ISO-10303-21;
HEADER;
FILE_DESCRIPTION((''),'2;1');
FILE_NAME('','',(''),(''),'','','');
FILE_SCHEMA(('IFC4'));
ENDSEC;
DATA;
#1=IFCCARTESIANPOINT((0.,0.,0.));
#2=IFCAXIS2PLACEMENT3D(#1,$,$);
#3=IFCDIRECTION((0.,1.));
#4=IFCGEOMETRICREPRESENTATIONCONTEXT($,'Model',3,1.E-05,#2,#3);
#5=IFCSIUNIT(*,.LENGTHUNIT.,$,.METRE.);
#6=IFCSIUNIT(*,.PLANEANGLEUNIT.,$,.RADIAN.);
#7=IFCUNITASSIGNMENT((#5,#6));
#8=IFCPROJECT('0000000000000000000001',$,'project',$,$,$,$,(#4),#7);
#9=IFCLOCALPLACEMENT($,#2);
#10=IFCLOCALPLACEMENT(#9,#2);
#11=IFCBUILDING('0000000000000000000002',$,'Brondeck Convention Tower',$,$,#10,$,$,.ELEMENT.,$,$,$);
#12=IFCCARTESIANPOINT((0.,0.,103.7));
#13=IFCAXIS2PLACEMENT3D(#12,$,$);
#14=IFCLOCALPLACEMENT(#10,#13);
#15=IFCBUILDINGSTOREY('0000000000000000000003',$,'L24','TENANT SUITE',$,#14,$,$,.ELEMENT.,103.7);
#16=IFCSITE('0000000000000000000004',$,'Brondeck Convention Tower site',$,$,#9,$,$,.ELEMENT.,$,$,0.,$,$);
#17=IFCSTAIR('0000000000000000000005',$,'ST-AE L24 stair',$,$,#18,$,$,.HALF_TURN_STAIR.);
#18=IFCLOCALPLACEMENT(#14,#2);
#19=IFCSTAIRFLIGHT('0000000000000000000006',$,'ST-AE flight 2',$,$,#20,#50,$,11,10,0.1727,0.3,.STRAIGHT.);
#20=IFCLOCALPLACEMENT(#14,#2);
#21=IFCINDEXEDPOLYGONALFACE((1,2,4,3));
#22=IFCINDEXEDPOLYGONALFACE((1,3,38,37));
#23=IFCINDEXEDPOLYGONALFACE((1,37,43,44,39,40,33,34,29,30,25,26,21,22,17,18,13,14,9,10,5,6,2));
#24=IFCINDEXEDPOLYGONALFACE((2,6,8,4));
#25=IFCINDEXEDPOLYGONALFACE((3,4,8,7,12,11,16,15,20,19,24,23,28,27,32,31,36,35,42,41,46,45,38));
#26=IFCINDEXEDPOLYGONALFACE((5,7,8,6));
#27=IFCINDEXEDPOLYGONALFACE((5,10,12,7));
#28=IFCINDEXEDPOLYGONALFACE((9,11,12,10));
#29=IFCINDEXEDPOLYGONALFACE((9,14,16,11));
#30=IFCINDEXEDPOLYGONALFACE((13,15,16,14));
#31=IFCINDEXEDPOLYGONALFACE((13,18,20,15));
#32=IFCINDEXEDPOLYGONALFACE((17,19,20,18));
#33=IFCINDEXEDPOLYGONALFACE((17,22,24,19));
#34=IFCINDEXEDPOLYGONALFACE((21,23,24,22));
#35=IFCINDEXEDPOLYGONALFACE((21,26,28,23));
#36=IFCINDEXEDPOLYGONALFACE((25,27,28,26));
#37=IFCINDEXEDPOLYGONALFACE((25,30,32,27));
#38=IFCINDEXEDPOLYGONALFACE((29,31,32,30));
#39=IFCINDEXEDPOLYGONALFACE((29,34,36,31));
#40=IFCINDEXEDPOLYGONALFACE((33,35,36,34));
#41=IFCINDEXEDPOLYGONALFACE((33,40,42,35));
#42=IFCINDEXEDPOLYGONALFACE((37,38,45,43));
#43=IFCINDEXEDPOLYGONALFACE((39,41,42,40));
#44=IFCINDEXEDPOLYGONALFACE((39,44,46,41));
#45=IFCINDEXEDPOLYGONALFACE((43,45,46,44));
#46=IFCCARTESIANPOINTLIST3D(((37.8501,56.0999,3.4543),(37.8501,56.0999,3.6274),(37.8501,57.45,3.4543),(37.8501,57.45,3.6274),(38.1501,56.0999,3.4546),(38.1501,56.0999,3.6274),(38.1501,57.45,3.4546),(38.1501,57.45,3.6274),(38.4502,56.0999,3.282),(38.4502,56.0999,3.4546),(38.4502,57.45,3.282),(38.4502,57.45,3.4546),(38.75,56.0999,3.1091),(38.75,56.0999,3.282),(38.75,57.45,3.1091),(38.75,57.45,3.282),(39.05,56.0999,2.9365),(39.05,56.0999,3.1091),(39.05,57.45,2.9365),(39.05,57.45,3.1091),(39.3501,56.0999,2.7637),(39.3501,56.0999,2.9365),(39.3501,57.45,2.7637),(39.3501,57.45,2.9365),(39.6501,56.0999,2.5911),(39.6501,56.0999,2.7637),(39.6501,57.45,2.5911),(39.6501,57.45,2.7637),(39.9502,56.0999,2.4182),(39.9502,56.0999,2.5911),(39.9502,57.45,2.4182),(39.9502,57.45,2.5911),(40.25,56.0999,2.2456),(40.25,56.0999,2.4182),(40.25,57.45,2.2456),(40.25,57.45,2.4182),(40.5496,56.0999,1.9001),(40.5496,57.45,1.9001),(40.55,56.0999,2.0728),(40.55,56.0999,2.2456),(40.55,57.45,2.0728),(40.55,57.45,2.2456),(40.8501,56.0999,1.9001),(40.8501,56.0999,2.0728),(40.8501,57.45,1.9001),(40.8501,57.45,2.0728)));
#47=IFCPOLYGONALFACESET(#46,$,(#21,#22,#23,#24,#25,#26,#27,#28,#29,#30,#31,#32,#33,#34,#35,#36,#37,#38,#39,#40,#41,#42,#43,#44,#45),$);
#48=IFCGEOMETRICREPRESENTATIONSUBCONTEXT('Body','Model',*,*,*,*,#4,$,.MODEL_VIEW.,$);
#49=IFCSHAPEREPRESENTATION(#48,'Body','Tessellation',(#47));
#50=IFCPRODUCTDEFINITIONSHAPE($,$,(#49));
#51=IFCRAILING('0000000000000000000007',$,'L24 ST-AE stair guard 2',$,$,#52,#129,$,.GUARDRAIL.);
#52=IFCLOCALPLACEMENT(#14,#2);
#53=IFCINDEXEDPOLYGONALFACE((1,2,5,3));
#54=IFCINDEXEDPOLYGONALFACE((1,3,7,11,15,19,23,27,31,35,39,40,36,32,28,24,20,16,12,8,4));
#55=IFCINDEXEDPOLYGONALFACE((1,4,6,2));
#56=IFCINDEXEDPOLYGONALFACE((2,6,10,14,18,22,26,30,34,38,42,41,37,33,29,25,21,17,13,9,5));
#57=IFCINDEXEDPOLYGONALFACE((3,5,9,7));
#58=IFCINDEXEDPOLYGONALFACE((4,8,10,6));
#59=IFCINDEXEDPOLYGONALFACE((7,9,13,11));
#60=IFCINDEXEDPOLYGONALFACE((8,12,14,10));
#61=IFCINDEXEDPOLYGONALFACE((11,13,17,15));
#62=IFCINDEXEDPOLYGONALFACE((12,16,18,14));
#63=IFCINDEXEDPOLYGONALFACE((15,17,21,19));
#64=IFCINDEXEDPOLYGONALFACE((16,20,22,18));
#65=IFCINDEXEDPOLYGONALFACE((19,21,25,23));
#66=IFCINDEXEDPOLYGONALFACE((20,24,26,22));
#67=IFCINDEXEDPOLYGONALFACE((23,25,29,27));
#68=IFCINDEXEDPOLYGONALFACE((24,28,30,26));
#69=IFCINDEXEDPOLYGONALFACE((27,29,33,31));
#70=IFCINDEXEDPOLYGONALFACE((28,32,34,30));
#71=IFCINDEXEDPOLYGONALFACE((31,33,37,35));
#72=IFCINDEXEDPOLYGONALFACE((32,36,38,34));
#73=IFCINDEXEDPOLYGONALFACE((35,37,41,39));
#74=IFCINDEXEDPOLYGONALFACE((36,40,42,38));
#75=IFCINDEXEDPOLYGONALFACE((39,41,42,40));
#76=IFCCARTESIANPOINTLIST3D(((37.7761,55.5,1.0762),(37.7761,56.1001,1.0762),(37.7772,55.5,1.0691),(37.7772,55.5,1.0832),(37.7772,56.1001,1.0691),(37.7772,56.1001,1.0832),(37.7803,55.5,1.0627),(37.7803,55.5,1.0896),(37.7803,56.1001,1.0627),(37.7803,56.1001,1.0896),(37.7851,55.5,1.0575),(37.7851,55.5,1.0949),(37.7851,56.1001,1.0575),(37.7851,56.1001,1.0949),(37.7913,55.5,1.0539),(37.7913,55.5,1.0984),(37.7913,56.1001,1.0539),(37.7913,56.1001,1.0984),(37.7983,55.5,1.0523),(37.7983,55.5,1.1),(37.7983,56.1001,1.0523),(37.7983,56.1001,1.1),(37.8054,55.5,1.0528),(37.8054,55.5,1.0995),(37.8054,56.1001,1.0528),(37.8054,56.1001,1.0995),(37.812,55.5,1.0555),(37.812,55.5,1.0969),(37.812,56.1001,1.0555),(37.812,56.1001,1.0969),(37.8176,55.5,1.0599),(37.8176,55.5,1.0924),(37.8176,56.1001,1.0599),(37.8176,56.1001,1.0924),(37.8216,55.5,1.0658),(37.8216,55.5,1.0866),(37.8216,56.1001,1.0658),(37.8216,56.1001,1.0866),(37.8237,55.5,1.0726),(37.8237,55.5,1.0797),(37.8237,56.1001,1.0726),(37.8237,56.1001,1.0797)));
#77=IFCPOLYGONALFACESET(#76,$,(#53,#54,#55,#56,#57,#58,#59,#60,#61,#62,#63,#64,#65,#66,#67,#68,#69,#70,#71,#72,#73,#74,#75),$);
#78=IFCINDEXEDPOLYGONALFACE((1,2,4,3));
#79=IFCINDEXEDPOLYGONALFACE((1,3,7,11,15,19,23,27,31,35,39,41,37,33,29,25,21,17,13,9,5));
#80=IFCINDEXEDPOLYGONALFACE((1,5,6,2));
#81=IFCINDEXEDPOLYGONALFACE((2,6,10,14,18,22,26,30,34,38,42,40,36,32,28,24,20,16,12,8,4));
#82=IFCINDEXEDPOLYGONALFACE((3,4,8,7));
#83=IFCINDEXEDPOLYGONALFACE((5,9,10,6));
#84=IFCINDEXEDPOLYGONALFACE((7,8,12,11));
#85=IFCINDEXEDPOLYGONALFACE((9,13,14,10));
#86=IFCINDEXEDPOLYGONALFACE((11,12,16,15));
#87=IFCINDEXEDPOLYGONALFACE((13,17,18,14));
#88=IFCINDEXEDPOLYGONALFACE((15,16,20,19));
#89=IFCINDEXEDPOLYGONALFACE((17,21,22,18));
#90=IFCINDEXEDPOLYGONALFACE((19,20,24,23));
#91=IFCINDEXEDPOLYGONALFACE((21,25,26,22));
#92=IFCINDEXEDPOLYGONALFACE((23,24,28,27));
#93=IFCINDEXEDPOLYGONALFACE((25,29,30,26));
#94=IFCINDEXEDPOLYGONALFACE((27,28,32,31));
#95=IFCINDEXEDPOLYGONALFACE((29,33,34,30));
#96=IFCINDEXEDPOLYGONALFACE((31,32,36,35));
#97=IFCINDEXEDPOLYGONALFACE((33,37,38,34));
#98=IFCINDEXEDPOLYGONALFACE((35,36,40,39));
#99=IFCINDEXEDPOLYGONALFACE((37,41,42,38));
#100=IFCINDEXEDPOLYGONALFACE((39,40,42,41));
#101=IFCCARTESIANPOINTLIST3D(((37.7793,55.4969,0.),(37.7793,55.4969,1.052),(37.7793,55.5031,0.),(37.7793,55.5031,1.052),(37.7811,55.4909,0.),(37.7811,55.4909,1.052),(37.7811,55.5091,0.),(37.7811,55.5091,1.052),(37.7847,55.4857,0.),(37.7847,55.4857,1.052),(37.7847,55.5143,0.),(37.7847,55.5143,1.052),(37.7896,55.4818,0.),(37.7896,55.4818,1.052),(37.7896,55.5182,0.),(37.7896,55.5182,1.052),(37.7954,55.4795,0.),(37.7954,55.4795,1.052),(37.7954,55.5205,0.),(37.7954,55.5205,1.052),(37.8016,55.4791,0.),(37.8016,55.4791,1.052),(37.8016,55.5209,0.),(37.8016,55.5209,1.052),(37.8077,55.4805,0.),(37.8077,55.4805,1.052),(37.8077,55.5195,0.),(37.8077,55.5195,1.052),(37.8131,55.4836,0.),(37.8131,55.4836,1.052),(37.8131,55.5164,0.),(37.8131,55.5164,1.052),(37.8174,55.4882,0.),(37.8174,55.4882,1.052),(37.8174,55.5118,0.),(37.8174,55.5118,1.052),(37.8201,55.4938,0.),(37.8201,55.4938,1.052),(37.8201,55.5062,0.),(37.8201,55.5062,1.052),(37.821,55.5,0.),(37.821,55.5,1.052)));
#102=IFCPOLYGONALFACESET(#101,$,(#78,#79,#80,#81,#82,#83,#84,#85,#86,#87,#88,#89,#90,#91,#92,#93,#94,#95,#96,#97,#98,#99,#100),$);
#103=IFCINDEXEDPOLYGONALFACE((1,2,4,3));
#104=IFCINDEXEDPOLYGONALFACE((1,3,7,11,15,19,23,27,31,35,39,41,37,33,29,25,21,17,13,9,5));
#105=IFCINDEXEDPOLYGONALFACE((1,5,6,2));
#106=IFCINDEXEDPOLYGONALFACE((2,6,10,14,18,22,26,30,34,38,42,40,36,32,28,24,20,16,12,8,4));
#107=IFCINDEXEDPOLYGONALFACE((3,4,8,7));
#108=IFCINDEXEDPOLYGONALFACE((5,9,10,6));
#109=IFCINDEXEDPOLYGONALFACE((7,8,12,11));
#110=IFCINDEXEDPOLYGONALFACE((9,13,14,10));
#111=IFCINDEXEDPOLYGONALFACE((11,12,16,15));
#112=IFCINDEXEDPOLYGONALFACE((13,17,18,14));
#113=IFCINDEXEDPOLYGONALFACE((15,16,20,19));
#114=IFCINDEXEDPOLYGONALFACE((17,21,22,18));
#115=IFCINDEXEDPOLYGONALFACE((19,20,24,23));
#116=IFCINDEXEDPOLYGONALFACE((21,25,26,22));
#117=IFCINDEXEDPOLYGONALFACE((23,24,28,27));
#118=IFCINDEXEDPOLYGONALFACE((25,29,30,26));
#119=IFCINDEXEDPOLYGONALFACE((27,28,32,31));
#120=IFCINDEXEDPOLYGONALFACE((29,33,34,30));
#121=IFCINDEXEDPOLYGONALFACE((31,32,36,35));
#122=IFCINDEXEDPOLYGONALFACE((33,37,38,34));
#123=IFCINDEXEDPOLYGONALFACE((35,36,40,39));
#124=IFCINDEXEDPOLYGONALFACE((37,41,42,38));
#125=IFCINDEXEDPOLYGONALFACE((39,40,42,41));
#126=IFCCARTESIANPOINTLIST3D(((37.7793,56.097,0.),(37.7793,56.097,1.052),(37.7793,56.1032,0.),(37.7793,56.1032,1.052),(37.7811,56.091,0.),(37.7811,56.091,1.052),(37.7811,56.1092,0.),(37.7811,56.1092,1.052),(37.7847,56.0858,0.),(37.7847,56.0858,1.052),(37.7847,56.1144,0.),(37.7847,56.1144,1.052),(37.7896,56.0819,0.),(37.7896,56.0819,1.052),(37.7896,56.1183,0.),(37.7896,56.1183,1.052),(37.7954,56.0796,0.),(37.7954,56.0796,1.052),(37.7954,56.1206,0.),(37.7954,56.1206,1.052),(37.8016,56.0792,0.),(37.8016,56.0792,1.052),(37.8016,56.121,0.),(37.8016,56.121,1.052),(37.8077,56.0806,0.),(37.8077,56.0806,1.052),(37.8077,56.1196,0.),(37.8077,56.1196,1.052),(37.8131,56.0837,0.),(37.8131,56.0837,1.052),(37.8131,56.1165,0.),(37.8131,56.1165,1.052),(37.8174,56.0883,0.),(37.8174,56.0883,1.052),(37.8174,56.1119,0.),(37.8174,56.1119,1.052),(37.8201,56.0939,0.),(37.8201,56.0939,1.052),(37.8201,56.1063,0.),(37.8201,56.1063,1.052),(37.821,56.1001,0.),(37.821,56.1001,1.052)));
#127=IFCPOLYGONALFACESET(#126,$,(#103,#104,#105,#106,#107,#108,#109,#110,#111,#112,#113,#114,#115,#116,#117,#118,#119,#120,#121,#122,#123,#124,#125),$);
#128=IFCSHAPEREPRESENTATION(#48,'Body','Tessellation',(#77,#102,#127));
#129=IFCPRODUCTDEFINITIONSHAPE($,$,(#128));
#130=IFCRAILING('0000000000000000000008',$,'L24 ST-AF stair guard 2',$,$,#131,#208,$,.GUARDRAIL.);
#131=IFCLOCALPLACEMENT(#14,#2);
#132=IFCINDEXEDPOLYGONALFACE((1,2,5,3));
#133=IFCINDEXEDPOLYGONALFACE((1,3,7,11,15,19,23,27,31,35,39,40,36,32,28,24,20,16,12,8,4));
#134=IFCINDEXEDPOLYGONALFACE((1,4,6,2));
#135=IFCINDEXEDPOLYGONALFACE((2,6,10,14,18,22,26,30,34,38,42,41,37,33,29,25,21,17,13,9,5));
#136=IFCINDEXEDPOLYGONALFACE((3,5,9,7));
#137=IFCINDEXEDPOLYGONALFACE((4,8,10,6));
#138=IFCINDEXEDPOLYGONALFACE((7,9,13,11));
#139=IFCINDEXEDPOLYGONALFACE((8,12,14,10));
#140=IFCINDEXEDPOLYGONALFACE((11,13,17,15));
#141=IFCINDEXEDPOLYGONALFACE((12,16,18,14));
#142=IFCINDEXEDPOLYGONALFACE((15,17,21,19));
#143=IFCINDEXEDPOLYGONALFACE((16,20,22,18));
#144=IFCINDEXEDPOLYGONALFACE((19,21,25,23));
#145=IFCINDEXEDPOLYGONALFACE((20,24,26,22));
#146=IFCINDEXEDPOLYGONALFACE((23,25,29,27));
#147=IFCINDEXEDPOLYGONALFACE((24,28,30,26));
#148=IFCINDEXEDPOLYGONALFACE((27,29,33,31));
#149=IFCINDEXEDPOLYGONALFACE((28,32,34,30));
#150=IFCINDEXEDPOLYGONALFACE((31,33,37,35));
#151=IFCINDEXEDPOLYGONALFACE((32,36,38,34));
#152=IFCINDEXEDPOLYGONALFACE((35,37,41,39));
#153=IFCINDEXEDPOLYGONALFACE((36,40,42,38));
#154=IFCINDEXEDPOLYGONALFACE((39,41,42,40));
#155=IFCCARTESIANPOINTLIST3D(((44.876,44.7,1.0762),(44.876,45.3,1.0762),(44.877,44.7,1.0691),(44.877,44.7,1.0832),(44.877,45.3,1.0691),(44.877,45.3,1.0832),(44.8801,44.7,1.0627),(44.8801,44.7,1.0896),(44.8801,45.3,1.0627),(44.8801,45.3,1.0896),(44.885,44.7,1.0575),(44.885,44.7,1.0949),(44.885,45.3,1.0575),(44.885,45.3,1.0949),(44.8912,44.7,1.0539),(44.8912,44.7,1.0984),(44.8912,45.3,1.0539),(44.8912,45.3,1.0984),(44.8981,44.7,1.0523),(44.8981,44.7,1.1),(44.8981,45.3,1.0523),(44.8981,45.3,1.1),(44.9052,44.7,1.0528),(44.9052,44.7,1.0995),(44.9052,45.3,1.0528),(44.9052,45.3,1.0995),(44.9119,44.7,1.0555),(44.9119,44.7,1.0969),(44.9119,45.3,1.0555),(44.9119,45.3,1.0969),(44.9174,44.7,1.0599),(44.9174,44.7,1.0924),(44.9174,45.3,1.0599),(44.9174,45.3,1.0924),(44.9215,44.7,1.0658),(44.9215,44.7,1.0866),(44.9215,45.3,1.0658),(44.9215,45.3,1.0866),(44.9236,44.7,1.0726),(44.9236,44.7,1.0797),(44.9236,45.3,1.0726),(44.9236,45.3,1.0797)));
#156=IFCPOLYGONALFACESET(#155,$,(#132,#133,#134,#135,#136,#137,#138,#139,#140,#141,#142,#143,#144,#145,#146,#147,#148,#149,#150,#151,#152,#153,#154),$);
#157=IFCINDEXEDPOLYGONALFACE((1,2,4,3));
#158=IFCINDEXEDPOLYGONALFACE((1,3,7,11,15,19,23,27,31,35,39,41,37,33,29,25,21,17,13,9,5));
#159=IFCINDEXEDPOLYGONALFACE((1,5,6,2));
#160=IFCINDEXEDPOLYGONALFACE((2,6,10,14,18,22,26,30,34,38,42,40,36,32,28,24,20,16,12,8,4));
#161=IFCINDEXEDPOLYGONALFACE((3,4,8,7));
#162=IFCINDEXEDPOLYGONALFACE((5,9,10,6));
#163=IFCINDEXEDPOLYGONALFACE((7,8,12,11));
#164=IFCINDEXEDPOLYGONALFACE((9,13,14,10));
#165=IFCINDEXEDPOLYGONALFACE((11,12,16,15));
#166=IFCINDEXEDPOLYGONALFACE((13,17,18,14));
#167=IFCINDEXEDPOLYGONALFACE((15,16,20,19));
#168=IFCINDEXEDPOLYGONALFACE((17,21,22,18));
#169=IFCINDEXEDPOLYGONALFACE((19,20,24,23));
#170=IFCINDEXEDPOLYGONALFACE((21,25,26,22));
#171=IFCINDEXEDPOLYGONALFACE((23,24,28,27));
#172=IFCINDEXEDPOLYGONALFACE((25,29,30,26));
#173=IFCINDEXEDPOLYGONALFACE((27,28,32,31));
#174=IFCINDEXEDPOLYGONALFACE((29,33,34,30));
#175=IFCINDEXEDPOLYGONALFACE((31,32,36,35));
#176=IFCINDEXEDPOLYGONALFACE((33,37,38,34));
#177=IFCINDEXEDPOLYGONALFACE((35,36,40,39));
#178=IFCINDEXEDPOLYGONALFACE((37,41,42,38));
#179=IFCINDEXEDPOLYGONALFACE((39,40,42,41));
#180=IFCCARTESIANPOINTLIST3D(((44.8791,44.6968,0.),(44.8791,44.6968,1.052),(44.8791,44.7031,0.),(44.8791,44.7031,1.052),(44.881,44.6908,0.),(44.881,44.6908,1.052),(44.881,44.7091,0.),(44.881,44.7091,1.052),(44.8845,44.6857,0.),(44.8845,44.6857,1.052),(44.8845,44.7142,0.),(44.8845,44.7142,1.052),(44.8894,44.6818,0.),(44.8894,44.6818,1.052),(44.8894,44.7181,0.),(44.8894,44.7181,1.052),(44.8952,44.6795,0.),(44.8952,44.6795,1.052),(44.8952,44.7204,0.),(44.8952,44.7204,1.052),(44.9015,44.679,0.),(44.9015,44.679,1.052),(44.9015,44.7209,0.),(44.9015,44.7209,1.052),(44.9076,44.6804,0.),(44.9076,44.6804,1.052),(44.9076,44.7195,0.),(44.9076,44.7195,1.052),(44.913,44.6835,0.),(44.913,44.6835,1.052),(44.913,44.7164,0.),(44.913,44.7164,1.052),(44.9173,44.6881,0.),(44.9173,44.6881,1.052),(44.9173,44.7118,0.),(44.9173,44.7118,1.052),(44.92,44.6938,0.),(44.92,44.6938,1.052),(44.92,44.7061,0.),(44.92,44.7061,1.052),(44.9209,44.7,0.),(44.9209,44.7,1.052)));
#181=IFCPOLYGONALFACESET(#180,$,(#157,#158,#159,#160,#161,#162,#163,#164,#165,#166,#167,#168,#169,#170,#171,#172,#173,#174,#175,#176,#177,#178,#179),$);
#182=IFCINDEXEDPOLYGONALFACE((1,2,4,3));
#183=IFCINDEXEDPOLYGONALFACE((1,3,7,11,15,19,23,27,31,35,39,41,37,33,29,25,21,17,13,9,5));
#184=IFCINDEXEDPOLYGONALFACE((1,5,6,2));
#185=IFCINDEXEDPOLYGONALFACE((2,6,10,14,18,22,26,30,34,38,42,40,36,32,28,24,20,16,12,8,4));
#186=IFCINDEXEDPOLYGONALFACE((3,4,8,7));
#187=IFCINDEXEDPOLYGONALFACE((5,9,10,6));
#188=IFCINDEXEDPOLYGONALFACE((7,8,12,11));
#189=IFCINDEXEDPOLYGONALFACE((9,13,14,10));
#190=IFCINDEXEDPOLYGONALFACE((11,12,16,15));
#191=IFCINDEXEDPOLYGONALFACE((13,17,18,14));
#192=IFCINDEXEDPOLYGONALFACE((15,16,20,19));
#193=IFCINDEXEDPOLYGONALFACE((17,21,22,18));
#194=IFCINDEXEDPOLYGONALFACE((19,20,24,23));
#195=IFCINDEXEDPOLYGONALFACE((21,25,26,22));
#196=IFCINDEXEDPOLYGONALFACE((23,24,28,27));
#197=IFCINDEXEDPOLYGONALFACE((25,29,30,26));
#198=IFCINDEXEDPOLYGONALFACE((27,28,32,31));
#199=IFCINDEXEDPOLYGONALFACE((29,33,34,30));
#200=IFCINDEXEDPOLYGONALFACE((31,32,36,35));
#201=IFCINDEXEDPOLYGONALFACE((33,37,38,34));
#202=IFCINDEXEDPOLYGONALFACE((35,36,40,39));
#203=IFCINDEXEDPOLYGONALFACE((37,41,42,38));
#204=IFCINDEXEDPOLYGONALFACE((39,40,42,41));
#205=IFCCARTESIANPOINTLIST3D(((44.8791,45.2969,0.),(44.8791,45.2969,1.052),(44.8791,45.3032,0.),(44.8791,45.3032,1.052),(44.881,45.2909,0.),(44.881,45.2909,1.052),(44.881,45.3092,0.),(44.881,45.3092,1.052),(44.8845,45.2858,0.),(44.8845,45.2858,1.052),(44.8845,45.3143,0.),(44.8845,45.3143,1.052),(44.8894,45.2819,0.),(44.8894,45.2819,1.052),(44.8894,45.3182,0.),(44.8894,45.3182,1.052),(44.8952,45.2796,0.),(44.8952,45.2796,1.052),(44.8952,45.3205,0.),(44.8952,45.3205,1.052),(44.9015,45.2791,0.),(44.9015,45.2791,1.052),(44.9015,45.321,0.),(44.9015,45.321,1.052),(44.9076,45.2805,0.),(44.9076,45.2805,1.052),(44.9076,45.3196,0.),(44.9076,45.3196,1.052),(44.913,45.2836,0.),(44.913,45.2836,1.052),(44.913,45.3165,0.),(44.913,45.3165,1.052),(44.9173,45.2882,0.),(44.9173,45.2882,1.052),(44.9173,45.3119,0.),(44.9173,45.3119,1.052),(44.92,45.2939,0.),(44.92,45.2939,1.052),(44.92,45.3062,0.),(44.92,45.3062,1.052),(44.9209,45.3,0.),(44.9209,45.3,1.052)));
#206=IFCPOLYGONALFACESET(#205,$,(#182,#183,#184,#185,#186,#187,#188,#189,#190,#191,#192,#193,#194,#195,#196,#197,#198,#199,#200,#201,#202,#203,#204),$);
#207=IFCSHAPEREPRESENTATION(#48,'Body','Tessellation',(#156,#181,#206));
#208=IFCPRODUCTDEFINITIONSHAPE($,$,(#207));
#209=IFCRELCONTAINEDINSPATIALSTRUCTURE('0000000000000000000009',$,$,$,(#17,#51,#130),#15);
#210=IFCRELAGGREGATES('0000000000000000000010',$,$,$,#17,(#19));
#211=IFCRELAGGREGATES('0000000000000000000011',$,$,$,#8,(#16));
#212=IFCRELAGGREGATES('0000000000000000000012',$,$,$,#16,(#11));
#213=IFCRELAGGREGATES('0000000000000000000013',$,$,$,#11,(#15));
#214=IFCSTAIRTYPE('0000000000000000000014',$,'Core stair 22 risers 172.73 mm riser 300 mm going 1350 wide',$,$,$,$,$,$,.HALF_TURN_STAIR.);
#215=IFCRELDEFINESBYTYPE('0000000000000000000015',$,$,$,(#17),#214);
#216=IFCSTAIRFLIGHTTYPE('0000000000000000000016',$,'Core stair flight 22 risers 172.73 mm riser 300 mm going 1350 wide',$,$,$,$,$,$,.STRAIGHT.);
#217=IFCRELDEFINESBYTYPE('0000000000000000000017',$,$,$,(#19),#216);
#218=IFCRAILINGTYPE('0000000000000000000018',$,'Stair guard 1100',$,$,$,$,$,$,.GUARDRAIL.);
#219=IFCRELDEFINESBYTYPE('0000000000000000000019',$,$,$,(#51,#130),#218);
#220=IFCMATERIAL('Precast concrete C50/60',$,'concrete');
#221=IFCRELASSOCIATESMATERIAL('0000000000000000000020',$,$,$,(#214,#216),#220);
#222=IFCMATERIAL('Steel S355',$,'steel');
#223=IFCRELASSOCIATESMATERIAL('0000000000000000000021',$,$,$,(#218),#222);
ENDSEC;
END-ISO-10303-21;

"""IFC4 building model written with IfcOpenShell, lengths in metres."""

from ifc_helpers import new_model, si_unit, direction, frame, origin, origin_2d, place, context, subcontext, project, spatial, polyline, circle, outline, extrude, material, type_object, element, aggregate, save


model = new_model("IFC4")

# Units and contexts
model_context = context("Model", 3, precision=1e-05, world=origin(), true_north=direction((0.0, 1.0)))
body_context = subcontext(model_context, "Body", "Model", "MODEL_VIEW")
ifc_project = project(units=[si_unit("LENGTHUNIT", "METRE"), si_unit("PLANEANGLEUNIT", "RADIAN")], contexts=[model_context])

# Site, building, storey
site_placement = place(None, origin())
site = spatial("IfcSite", under=ifc_project, at=site_placement, Name="Brondeck Convention Tower site", CompositionType="ELEMENT", RefElevation=0.0)
building_placement = place(site_placement, origin())
building = spatial("IfcBuilding", under=site, at=building_placement, Name="Brondeck Convention Tower", CompositionType="ELEMENT")
storey_placement = place(building_placement, frame((0.0, 0.0, 103.7)))
storey = spatial("IfcBuildingStorey", under=building, at=storey_placement, Name="L24", Description="TENANT SUITE", CompositionType="ELEMENT", Elevation=103.7)

# Shared definitions
ifc_material_1 = material(Name="Steel S355", Category="steel")

# Stair, stair flight
ifc_material_2 = material(Name="Precast concrete C50/60", Category="concrete")
stair_type = type_object("IfcStairType", Name="Core stair 22 risers 172.73 mm riser 300 mm going 1350 wide", PredefinedType="HALF_TURN_STAIR", material=ifc_material_2)
stair_placement = place(storey_placement, origin())
stair = element("IfcStair", 1, at=stair_placement, inside=storey, type_object=stair_type, Name="ST-AE L24 stair", PredefinedType="HALF_TURN_STAIR")
stair_flight_type = type_object("IfcStairFlightType", Name="Core stair flight 22 risers 172.73 mm riser 300 mm going 1350 wide", PredefinedType="STRAIGHT", material=ifc_material_2)
stair_flight_1_placement = place(storey_placement, frame((40.8501, 56.7749, 1.9001), z_axis=(0.0, 0.0, 1.0), x_axis=(-1.0, 0.0, 0.0)))
stair_flight_1 = element("IfcStairFlight", 2, at=stair_flight_1_placement, type_object=stair_flight_type, Name="ST-AE flight 2", NumberOfRisers=11, NumberOfTreads=10, PredefinedType="STRAIGHT", RiserHeight=0.1727, TreadLength=0.3, context=body_context, shape_type="SweptSolid", body=[
    extrude(outline(polyline([(0.0, 0.0), (0.0, 0.1726), (0.3, 0.1726), (0.3, 0.3455), (0.6001, 0.3455), (0.6001, 0.5181), (0.8999, 0.5181), (0.8999, 0.6909), (1.2, 0.6909), (1.2, 0.8635), (1.5, 0.8635), (1.5, 1.0364), (1.8, 1.0364), (1.8, 1.209), (2.1001, 1.209), (2.1001, 1.3818), (2.3999, 1.3818), (2.3999, 1.5544), (2.7, 1.5544), (2.7, 1.7273), (3.0, 1.7273), (3.0, 1.8999), (3.0, 1.5542), (0.3005, 0.0), (0.0, 0.0)])), frame((0.0, 0.675, 0.0), z_axis=(0.0, -1.0, 0.0), x_axis=(1.0, 0.0, 0.0)), (0.0, 0.0, 1.0), 1.3501),
])
aggregate(stair, [stair_flight_1])

# Railings
railing_type_1 = type_object("IfcRailingType", Name="Stair guard 1100", PredefinedType="GUARDRAIL", material=ifc_material_1)
railing_1_placement = place(storey_placement, frame((37.8, 55.5, 0.0)))
element("IfcRailing", 3, at=railing_1_placement, inside=storey, type_object=railing_type_1, Name="L24 ST-AE stair guard 2", PredefinedType="GUARDRAIL", context=body_context, shape_type="SweptSolid", body=[
    extrude(circle(Radius=0.0239, at=origin_2d()), frame((0.0, 0.0, 1.0762), z_axis=(0.0, 1.0, 0.0), x_axis=(-1.0, 0.0, 0.0)), (0.0, 0.0, 1.0), 0.6001),
    extrude(circle(Radius=0.021, at=origin_2d()), origin(), (0.0, 0.0, 1.0), 1.052),
    extrude(circle(Radius=0.021, at=origin_2d()), frame((0.0, 0.6001, 0.0)), (0.0, 0.0, 1.0), 1.052),
])
railing_2_placement = place(storey_placement, frame((44.8999, 44.7, 0.0)))
element("IfcRailing", 4, at=railing_2_placement, inside=storey, type_object=railing_type_1, Name="L24 ST-AF stair guard 2", PredefinedType="GUARDRAIL", context=body_context, shape_type="SweptSolid", body=[
    extrude(circle(Radius=0.0239, at=origin_2d()), frame((0.0, 0.0, 1.0762), z_axis=(0.0, 1.0, 0.0), x_axis=(-1.0, 0.0, 0.0)), (0.0, 0.0, 1.0), 0.6001),
    extrude(circle(Radius=0.021, at=origin_2d()), origin(), (0.0, 0.0, 1.0), 1.052),
    extrude(circle(Radius=0.021, at=origin_2d()), frame((0.0, 0.6001, 0.0)), (0.0, 0.0, 1.0), 1.052),
])

save(model, "model.ifc")
